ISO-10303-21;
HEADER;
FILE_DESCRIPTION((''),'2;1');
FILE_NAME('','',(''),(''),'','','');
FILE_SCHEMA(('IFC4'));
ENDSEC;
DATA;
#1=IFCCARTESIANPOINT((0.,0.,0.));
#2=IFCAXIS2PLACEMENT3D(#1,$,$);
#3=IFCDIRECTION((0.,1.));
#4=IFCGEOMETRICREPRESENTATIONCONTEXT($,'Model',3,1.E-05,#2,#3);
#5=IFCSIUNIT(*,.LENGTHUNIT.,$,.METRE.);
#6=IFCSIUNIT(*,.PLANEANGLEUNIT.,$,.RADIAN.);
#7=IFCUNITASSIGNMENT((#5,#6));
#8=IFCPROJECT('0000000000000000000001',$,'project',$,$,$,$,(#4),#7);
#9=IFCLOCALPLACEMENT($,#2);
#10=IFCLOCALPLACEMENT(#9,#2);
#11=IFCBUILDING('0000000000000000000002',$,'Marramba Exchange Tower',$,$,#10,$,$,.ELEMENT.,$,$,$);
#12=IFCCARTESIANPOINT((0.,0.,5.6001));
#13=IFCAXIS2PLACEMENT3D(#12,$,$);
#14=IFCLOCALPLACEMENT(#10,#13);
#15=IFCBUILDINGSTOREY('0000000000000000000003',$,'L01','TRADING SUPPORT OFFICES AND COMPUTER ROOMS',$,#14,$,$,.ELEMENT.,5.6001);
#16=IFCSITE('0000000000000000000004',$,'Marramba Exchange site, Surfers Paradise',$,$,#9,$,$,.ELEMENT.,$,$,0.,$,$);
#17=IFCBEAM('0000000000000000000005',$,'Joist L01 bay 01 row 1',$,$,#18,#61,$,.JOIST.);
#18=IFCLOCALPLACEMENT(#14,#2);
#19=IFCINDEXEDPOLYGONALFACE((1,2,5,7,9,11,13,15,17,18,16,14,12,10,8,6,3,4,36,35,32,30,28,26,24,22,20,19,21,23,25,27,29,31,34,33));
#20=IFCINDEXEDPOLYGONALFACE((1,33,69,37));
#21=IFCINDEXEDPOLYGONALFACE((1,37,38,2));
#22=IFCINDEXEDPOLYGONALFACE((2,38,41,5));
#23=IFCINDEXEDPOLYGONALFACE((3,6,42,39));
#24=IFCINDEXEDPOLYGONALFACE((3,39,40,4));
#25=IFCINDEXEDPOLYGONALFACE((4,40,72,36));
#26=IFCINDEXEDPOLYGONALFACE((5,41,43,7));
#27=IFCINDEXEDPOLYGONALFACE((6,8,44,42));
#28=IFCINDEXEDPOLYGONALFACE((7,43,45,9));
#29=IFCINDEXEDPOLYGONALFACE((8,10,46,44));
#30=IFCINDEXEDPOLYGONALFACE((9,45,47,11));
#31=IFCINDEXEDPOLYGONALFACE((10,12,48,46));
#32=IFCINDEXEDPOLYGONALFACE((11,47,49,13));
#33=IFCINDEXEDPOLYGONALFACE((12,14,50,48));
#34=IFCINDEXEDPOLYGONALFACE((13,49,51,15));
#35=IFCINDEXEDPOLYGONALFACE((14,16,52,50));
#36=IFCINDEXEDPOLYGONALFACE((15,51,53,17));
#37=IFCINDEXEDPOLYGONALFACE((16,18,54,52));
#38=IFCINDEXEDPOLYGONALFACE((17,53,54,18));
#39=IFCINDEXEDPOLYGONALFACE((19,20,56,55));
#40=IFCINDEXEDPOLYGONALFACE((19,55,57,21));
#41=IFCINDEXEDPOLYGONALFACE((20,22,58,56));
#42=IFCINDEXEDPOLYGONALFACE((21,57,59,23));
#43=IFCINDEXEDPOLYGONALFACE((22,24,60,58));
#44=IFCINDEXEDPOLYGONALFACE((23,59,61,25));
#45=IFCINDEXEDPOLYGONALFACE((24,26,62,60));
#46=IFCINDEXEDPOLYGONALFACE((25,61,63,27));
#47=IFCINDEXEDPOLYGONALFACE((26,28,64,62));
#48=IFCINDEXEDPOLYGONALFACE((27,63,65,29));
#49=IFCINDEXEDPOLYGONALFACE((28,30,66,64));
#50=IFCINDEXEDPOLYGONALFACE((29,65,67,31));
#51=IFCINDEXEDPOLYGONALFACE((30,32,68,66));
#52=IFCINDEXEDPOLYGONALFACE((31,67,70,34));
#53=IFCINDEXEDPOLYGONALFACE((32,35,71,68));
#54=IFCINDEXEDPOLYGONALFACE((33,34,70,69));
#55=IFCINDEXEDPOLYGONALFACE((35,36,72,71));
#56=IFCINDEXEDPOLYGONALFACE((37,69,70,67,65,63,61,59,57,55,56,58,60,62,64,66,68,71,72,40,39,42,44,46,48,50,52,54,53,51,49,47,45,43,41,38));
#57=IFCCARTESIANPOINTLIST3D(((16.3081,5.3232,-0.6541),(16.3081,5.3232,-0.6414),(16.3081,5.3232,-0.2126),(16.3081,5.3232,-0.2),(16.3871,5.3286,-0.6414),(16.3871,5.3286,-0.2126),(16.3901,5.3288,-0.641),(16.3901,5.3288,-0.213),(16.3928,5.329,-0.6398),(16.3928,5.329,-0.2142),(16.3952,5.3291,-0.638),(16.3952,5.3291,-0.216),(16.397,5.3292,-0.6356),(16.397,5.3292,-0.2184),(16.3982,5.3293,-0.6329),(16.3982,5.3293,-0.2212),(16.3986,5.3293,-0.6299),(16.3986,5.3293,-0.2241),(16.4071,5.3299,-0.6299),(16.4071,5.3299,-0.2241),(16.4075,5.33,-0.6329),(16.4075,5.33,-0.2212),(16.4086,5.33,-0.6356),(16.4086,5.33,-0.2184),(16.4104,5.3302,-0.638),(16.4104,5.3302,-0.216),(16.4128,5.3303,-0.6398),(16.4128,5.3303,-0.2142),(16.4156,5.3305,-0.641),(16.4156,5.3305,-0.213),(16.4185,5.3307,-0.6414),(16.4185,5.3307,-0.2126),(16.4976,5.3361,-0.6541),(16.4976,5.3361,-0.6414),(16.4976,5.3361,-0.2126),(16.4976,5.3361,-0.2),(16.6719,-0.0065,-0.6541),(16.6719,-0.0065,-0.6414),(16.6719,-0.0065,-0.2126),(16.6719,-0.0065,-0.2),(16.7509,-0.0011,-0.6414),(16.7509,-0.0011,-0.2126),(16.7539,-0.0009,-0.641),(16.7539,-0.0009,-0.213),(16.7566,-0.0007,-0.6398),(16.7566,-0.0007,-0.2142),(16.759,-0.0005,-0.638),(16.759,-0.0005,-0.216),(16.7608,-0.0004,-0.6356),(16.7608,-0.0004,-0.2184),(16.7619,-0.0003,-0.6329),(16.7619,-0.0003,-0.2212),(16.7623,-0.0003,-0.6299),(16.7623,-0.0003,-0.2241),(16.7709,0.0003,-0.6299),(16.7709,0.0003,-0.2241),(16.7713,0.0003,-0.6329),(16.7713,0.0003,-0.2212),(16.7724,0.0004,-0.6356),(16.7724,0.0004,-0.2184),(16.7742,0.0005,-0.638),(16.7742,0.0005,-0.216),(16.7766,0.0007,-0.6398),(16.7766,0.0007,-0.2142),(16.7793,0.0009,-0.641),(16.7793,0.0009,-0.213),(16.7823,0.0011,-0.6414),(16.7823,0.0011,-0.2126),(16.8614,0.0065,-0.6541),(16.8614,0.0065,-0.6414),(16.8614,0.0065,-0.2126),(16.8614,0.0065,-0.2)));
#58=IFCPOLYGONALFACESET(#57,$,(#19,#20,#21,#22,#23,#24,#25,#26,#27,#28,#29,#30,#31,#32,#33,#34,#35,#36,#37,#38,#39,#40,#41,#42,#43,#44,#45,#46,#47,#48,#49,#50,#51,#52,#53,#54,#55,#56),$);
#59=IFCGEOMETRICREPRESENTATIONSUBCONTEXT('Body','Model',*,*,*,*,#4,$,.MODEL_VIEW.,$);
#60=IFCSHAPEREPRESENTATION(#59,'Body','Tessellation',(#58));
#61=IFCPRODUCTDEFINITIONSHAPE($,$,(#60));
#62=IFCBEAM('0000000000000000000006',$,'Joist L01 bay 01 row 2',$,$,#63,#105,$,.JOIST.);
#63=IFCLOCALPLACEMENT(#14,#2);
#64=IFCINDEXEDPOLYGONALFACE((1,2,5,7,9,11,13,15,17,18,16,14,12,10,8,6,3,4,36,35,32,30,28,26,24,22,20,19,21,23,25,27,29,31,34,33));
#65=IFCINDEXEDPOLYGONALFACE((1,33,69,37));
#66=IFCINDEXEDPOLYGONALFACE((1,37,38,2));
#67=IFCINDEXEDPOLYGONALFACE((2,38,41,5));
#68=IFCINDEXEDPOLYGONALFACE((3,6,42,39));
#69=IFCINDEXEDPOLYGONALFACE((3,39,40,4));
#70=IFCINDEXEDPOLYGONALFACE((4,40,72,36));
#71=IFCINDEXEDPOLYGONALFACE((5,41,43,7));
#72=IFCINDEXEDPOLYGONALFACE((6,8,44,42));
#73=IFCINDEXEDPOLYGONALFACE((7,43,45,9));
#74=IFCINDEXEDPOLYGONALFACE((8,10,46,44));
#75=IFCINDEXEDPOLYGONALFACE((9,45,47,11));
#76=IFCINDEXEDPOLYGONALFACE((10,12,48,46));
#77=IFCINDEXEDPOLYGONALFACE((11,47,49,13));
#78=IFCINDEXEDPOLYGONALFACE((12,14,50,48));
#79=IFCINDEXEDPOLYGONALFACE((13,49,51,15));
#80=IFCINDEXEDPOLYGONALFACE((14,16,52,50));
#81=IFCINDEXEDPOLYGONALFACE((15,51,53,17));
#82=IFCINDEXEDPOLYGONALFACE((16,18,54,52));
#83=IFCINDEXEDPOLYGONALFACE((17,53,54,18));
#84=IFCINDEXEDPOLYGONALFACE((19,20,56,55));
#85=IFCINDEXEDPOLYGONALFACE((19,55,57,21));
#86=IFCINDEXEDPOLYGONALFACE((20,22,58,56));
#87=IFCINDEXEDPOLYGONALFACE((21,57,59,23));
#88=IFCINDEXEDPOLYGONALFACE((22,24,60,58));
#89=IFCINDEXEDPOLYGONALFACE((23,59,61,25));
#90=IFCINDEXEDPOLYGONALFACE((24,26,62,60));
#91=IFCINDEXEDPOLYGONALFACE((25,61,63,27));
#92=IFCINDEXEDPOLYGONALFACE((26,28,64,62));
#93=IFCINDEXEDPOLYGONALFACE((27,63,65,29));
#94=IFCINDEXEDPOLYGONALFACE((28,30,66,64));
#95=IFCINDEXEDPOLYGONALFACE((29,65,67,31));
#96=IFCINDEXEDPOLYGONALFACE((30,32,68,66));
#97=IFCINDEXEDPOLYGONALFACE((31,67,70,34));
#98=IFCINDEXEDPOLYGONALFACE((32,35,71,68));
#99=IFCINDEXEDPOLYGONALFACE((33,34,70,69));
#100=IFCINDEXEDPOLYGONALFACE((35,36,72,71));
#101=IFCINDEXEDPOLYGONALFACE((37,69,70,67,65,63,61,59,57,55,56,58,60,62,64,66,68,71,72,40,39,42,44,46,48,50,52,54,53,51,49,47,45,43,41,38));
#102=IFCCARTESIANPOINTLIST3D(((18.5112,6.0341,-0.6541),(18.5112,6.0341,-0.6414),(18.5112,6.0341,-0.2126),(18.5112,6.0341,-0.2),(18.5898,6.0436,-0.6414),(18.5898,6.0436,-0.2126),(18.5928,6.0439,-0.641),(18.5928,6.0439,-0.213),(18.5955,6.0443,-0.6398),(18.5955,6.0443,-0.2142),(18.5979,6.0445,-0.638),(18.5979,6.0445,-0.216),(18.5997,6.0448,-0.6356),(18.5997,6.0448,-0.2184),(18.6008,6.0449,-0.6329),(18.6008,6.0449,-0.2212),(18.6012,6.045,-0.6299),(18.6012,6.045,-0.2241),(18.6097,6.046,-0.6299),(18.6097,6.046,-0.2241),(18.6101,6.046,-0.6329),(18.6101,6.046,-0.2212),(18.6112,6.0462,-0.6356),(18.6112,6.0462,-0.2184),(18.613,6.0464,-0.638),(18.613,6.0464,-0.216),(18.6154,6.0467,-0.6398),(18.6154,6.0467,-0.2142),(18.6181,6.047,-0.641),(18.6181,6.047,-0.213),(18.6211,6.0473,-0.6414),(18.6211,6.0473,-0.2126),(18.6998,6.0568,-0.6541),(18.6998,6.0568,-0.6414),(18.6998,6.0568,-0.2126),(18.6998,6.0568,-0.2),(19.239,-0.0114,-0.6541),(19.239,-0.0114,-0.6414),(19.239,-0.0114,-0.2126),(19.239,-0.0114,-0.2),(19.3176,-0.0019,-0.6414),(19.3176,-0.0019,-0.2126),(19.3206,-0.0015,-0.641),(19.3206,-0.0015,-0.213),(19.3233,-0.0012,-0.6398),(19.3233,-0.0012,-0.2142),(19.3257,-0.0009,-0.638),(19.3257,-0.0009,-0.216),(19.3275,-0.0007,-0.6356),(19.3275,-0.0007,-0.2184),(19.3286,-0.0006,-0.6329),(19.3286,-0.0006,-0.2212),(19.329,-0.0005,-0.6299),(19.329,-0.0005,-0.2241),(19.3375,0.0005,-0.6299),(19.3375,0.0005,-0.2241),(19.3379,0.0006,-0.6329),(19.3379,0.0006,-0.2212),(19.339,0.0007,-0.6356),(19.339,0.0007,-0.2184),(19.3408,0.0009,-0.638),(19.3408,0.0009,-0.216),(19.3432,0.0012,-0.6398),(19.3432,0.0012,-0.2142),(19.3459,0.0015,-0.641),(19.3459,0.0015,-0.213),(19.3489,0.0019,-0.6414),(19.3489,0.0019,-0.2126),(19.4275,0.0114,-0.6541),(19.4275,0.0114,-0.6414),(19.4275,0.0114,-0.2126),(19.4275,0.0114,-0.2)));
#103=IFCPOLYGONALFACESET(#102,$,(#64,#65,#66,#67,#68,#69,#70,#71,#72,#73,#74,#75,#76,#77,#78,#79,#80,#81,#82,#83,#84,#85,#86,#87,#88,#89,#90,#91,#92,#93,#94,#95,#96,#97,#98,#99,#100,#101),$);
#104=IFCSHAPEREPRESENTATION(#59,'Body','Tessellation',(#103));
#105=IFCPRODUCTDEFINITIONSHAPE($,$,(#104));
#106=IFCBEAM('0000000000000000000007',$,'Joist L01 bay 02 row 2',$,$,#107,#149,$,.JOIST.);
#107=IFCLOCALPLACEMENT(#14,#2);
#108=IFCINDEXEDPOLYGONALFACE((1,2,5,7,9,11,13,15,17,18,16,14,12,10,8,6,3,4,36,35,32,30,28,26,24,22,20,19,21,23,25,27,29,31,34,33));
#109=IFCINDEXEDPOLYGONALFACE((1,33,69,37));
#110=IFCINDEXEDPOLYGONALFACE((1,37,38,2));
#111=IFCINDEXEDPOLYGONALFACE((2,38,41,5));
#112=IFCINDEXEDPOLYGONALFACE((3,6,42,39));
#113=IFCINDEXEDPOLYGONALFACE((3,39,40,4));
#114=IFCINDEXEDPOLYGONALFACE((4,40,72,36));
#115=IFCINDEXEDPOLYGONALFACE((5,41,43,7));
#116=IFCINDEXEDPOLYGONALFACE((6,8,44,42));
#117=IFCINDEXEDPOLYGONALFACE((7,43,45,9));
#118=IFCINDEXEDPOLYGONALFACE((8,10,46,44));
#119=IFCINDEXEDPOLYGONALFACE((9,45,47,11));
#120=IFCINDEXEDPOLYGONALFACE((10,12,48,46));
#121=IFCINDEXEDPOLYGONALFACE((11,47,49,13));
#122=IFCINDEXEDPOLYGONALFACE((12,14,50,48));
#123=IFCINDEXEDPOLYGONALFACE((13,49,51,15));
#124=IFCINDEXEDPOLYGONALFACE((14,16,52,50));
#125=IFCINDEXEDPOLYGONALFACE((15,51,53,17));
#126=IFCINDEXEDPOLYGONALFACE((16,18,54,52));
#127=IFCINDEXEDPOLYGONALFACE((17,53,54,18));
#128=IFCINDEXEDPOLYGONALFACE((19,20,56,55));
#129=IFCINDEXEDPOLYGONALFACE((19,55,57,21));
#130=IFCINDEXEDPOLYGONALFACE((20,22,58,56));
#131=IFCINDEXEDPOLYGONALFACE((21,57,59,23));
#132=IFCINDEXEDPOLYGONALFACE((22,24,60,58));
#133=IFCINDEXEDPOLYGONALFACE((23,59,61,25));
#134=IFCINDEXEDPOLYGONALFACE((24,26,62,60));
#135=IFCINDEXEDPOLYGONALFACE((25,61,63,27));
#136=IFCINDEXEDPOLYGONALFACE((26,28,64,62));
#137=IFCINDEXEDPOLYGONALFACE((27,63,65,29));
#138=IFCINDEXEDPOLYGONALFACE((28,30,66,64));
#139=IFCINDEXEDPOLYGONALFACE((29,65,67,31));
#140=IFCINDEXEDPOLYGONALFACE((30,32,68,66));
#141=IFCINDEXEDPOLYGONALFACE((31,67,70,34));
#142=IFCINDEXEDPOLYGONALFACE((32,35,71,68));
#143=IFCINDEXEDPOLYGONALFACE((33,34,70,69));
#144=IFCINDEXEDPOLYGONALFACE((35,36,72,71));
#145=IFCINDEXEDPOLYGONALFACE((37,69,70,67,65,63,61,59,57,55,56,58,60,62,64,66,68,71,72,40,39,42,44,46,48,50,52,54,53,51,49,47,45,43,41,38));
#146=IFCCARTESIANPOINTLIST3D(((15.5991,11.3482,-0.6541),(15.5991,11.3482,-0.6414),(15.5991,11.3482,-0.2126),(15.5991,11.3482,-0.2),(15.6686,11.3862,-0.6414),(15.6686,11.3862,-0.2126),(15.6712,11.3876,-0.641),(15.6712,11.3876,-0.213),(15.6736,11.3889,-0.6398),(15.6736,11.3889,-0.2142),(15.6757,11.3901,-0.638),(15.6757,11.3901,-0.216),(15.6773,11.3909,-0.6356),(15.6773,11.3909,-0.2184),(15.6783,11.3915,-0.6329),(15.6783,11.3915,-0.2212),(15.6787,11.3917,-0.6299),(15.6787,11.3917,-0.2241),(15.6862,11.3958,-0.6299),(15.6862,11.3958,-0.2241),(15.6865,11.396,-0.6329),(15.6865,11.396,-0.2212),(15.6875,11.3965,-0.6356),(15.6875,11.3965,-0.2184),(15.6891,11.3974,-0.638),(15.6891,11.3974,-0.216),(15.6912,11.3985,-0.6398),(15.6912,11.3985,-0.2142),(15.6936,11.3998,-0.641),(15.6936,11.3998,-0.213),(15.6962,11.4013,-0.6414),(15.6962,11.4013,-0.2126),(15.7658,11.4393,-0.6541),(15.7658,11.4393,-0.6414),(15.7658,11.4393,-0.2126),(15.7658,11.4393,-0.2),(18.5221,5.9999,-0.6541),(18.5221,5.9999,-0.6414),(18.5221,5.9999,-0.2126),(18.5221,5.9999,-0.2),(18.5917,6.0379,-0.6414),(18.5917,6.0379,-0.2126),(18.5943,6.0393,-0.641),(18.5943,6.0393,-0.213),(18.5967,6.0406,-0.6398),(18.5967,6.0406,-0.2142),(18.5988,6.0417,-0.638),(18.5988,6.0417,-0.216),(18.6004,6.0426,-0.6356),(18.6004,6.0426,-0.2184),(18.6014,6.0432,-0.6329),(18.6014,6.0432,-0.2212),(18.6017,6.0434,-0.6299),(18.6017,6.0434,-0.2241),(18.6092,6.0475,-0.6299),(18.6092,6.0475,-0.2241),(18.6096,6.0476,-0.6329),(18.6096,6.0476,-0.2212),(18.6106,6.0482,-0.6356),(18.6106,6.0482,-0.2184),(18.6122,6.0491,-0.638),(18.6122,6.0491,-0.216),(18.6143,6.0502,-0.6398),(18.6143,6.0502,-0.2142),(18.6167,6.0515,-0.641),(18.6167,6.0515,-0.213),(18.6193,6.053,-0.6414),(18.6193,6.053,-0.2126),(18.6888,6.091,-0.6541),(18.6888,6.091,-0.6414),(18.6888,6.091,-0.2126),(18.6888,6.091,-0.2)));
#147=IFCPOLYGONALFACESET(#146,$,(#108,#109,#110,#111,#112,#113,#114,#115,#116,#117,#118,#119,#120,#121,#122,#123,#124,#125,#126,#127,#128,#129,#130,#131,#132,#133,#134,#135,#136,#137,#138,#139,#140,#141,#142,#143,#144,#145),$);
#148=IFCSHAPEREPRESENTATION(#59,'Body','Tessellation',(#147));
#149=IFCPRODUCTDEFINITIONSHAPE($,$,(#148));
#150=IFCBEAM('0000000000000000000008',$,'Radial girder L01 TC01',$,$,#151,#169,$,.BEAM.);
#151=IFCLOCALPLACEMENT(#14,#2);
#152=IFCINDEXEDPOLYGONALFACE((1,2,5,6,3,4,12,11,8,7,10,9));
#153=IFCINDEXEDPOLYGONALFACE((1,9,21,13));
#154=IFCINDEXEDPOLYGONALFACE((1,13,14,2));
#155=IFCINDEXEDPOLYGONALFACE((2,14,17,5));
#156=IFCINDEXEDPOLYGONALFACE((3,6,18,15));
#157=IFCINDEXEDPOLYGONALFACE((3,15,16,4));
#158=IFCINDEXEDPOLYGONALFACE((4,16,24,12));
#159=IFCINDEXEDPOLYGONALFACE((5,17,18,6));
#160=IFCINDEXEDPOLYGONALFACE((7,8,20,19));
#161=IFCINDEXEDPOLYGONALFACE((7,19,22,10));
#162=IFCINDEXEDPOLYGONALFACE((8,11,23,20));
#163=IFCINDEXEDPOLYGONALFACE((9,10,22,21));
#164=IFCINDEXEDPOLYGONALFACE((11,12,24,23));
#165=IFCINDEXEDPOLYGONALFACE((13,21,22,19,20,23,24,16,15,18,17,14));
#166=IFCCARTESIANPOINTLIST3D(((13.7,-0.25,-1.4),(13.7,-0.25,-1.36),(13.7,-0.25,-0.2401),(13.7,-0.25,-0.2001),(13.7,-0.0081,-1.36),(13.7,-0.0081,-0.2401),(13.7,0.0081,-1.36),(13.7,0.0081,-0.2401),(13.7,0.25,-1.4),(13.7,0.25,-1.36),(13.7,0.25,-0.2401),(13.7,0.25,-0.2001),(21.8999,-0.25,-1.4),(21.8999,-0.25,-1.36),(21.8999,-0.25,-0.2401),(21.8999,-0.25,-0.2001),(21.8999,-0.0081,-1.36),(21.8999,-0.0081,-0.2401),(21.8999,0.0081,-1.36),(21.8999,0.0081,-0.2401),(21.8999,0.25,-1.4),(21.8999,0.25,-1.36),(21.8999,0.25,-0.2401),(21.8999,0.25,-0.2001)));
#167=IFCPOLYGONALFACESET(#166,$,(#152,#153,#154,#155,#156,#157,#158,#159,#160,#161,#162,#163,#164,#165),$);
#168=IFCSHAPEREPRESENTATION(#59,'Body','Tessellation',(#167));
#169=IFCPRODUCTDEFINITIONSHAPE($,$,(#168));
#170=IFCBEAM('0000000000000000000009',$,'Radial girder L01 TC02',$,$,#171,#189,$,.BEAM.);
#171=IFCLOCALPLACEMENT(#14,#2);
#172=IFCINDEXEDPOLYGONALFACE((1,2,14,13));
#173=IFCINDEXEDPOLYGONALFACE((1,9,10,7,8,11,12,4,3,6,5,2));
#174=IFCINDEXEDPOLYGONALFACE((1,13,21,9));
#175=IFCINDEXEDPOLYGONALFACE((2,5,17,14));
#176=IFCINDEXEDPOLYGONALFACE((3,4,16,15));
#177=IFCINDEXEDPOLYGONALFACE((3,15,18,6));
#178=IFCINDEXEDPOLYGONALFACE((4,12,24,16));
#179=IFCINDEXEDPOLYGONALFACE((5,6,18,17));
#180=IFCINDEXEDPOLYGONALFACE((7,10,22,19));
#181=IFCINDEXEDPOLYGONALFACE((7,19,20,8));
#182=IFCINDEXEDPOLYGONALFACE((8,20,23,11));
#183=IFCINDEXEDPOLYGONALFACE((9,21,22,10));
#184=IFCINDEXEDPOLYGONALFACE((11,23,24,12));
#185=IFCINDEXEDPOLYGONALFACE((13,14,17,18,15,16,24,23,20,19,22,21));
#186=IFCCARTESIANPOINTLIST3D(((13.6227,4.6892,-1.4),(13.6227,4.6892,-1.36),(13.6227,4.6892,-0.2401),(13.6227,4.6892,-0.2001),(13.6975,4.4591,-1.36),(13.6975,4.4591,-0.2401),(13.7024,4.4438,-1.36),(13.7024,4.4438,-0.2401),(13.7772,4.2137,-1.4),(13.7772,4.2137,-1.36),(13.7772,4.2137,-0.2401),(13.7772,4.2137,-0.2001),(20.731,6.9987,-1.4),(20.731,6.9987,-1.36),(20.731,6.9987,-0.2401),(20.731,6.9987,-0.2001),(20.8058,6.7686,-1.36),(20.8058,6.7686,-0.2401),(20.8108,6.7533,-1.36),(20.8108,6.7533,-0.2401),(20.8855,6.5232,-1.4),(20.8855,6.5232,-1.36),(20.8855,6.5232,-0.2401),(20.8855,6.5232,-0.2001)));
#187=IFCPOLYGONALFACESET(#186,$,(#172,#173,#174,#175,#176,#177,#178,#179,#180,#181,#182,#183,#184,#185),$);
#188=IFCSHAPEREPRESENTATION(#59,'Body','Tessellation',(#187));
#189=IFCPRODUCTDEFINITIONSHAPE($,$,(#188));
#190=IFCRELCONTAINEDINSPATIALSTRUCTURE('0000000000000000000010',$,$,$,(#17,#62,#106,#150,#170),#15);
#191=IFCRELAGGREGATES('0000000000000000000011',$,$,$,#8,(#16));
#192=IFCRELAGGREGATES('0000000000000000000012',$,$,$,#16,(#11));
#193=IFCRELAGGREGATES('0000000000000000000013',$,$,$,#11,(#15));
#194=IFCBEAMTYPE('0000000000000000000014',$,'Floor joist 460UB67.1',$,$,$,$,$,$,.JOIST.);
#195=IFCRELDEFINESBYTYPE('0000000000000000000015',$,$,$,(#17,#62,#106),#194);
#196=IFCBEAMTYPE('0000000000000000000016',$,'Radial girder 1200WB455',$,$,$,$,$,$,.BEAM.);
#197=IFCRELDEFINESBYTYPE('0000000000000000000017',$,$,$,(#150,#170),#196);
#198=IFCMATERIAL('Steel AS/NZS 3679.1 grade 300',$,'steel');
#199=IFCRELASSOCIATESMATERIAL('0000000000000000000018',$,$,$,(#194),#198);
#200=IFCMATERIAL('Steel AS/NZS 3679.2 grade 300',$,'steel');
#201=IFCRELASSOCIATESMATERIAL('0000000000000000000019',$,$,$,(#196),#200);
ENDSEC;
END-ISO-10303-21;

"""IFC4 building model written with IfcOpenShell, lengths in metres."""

from ifc_helpers import new_model, si_unit, direction, frame, origin, origin_2d, place, context, subcontext, project, spatial, i_section, extrude, material, material_profile, profile_set, type_object, element, save


model = new_model("IFC4")

# Units and contexts
model_context = context("Model", 3, precision=1e-05, world=origin(), true_north=direction((0.0, 1.0)))
body_context = subcontext(model_context, "Body", "Model", "MODEL_VIEW")
ifc_project = project(units=[si_unit("LENGTHUNIT", "METRE"), si_unit("PLANEANGLEUNIT", "RADIAN")], contexts=[model_context])

# Site, building, storey
site_placement = place(None, origin())
site = spatial("IfcSite", under=ifc_project, at=site_placement, Name="Marramba Exchange site, Surfers Paradise", CompositionType="ELEMENT", RefElevation=0.0)
building_placement = place(site_placement, origin())
building = spatial("IfcBuilding", under=site, at=building_placement, Name="Marramba Exchange Tower", CompositionType="ELEMENT")
storey_placement = place(building_placement, frame((0.0, 0.0, 5.6001)))
storey = spatial("IfcBuildingStorey", under=building, at=storey_placement, Name="L01", Description="TRADING SUPPORT OFFICES AND COMPUTER ROOMS", CompositionType="ELEMENT", Elevation=5.6001)

# Beams
ifc_material_1 = material(Name="Steel AS/NZS 3679.1 grade 300", Category="steel")
ifc_material_profile_1 = material_profile(ifc_material_1, i_section(OverallWidth=0.1899, OverallDepth=0.4541, WebThickness=0.0085, FlangeThickness=0.0127, FilletRadius=0.0115, at=origin_2d()), Name="460UB67.1")
ifc_profile_set_1 = profile_set([ifc_material_profile_1], Name="Steel AS/NZS 3679.1 grade 300")
beam_type_1 = type_object("IfcBeamType", Name="Floor joist 460UB67.1", PredefinedType="JOIST", material=ifc_profile_set_1)
beam_1_placement = place(storey_placement, frame((16.7666, 0.0, -0.427), z_axis=(-0.068096, 0.997679, 0.0), x_axis=(-0.997679, -0.068096, 0.0)))
element("IfcBeam", 1, at=beam_1_placement, inside=storey, type_object=beam_type_1, Name="Joist L01 bay 01 row 1", PredefinedType="JOIST", context=body_context, shape_type="SweptSolid", body=[
    extrude(i_section(OverallWidth=0.1899, OverallDepth=0.4541, WebThickness=0.0085, FlangeThickness=0.0127, FilletRadius=0.0115, at=origin_2d()), origin(), (0.0, 0.0, 1.0), 5.342),
])
beam_2_placement = place(storey_placement, frame((19.3333, 0.0, -0.427), z_axis=(-0.119523, 0.992831, 0.0), x_axis=(-0.992831, -0.119523, 0.0)))
element("IfcBeam", 2, at=beam_2_placement, inside=storey, type_object=beam_type_1, Name="Joist L01 bay 01 row 2", PredefinedType="JOIST", context=body_context, shape_type="SweptSolid", body=[
    extrude(i_section(OverallWidth=0.1899, OverallDepth=0.4541, WebThickness=0.0085, FlangeThickness=0.0127, FilletRadius=0.0115, at=origin_2d()), origin(), (0.0, 0.0, 1.0), 6.0891),
])
beam_3_placement = place(storey_placement, frame((18.6055, 6.0454, -0.427), z_axis=(-0.479584, 0.877496, 0.0), x_axis=(-0.877496, -0.479584, 0.0)))
element("IfcBeam", 3, at=beam_3_placement, inside=storey, type_object=beam_type_1, Name="Joist L01 bay 02 row 2", PredefinedType="JOIST", context=body_context, shape_type="SweptSolid", body=[
    extrude(i_section(OverallWidth=0.1899, OverallDepth=0.4541, WebThickness=0.0085, FlangeThickness=0.0127, FilletRadius=0.0115, at=origin_2d()), origin(), (0.0, 0.0, 1.0), 6.095),
])
ifc_material_2 = material(Name="Steel AS/NZS 3679.2 grade 300", Category="steel")
ifc_material_profile_2 = material_profile(ifc_material_2, i_section(OverallWidth=0.5, OverallDepth=1.2, WebThickness=0.0161, FlangeThickness=0.04, at=origin_2d()), Name="1200WB455")
ifc_profile_set_2 = profile_set([ifc_material_profile_2], Name="Steel AS/NZS 3679.2 grade 300")
beam_type_2 = type_object("IfcBeamType", Name="Radial girder 1200WB455", PredefinedType="BEAM", material=ifc_profile_set_2)
beam_4_placement = place(storey_placement, frame((13.7, 0.0, -0.8), z_axis=(1.0, 0.0, 0.0), x_axis=(0.0, 1.0, 0.0)))
element("IfcBeam", 4, at=beam_4_placement, inside=storey, type_object=beam_type_2, Name="Radial girder L01 TC01", PredefinedType="BEAM", context=body_context, shape_type="SweptSolid", body=[
    extrude(i_section(OverallWidth=0.5, OverallDepth=1.2, WebThickness=0.0161, FlangeThickness=0.04, at=origin_2d()), origin(), (0.0, 0.0, 1.0), 8.2),
])
beam_5_placement = place(storey_placement, frame((13.7, 4.4514, -0.8), z_axis=(0.95106, 0.309006, 0.0), x_axis=(-0.309006, 0.95106, 0.0)))
element("IfcBeam", 5, at=beam_5_placement, inside=storey, type_object=beam_type_2, Name="Radial girder L01 TC02", PredefinedType="BEAM", context=body_context, shape_type="SweptSolid", body=[
    extrude(i_section(OverallWidth=0.5, OverallDepth=1.2, WebThickness=0.0161, FlangeThickness=0.04, at=origin_2d()), origin(), (0.0, 0.0, 1.0), 7.4741),
])

save(model, "model.ifc")
